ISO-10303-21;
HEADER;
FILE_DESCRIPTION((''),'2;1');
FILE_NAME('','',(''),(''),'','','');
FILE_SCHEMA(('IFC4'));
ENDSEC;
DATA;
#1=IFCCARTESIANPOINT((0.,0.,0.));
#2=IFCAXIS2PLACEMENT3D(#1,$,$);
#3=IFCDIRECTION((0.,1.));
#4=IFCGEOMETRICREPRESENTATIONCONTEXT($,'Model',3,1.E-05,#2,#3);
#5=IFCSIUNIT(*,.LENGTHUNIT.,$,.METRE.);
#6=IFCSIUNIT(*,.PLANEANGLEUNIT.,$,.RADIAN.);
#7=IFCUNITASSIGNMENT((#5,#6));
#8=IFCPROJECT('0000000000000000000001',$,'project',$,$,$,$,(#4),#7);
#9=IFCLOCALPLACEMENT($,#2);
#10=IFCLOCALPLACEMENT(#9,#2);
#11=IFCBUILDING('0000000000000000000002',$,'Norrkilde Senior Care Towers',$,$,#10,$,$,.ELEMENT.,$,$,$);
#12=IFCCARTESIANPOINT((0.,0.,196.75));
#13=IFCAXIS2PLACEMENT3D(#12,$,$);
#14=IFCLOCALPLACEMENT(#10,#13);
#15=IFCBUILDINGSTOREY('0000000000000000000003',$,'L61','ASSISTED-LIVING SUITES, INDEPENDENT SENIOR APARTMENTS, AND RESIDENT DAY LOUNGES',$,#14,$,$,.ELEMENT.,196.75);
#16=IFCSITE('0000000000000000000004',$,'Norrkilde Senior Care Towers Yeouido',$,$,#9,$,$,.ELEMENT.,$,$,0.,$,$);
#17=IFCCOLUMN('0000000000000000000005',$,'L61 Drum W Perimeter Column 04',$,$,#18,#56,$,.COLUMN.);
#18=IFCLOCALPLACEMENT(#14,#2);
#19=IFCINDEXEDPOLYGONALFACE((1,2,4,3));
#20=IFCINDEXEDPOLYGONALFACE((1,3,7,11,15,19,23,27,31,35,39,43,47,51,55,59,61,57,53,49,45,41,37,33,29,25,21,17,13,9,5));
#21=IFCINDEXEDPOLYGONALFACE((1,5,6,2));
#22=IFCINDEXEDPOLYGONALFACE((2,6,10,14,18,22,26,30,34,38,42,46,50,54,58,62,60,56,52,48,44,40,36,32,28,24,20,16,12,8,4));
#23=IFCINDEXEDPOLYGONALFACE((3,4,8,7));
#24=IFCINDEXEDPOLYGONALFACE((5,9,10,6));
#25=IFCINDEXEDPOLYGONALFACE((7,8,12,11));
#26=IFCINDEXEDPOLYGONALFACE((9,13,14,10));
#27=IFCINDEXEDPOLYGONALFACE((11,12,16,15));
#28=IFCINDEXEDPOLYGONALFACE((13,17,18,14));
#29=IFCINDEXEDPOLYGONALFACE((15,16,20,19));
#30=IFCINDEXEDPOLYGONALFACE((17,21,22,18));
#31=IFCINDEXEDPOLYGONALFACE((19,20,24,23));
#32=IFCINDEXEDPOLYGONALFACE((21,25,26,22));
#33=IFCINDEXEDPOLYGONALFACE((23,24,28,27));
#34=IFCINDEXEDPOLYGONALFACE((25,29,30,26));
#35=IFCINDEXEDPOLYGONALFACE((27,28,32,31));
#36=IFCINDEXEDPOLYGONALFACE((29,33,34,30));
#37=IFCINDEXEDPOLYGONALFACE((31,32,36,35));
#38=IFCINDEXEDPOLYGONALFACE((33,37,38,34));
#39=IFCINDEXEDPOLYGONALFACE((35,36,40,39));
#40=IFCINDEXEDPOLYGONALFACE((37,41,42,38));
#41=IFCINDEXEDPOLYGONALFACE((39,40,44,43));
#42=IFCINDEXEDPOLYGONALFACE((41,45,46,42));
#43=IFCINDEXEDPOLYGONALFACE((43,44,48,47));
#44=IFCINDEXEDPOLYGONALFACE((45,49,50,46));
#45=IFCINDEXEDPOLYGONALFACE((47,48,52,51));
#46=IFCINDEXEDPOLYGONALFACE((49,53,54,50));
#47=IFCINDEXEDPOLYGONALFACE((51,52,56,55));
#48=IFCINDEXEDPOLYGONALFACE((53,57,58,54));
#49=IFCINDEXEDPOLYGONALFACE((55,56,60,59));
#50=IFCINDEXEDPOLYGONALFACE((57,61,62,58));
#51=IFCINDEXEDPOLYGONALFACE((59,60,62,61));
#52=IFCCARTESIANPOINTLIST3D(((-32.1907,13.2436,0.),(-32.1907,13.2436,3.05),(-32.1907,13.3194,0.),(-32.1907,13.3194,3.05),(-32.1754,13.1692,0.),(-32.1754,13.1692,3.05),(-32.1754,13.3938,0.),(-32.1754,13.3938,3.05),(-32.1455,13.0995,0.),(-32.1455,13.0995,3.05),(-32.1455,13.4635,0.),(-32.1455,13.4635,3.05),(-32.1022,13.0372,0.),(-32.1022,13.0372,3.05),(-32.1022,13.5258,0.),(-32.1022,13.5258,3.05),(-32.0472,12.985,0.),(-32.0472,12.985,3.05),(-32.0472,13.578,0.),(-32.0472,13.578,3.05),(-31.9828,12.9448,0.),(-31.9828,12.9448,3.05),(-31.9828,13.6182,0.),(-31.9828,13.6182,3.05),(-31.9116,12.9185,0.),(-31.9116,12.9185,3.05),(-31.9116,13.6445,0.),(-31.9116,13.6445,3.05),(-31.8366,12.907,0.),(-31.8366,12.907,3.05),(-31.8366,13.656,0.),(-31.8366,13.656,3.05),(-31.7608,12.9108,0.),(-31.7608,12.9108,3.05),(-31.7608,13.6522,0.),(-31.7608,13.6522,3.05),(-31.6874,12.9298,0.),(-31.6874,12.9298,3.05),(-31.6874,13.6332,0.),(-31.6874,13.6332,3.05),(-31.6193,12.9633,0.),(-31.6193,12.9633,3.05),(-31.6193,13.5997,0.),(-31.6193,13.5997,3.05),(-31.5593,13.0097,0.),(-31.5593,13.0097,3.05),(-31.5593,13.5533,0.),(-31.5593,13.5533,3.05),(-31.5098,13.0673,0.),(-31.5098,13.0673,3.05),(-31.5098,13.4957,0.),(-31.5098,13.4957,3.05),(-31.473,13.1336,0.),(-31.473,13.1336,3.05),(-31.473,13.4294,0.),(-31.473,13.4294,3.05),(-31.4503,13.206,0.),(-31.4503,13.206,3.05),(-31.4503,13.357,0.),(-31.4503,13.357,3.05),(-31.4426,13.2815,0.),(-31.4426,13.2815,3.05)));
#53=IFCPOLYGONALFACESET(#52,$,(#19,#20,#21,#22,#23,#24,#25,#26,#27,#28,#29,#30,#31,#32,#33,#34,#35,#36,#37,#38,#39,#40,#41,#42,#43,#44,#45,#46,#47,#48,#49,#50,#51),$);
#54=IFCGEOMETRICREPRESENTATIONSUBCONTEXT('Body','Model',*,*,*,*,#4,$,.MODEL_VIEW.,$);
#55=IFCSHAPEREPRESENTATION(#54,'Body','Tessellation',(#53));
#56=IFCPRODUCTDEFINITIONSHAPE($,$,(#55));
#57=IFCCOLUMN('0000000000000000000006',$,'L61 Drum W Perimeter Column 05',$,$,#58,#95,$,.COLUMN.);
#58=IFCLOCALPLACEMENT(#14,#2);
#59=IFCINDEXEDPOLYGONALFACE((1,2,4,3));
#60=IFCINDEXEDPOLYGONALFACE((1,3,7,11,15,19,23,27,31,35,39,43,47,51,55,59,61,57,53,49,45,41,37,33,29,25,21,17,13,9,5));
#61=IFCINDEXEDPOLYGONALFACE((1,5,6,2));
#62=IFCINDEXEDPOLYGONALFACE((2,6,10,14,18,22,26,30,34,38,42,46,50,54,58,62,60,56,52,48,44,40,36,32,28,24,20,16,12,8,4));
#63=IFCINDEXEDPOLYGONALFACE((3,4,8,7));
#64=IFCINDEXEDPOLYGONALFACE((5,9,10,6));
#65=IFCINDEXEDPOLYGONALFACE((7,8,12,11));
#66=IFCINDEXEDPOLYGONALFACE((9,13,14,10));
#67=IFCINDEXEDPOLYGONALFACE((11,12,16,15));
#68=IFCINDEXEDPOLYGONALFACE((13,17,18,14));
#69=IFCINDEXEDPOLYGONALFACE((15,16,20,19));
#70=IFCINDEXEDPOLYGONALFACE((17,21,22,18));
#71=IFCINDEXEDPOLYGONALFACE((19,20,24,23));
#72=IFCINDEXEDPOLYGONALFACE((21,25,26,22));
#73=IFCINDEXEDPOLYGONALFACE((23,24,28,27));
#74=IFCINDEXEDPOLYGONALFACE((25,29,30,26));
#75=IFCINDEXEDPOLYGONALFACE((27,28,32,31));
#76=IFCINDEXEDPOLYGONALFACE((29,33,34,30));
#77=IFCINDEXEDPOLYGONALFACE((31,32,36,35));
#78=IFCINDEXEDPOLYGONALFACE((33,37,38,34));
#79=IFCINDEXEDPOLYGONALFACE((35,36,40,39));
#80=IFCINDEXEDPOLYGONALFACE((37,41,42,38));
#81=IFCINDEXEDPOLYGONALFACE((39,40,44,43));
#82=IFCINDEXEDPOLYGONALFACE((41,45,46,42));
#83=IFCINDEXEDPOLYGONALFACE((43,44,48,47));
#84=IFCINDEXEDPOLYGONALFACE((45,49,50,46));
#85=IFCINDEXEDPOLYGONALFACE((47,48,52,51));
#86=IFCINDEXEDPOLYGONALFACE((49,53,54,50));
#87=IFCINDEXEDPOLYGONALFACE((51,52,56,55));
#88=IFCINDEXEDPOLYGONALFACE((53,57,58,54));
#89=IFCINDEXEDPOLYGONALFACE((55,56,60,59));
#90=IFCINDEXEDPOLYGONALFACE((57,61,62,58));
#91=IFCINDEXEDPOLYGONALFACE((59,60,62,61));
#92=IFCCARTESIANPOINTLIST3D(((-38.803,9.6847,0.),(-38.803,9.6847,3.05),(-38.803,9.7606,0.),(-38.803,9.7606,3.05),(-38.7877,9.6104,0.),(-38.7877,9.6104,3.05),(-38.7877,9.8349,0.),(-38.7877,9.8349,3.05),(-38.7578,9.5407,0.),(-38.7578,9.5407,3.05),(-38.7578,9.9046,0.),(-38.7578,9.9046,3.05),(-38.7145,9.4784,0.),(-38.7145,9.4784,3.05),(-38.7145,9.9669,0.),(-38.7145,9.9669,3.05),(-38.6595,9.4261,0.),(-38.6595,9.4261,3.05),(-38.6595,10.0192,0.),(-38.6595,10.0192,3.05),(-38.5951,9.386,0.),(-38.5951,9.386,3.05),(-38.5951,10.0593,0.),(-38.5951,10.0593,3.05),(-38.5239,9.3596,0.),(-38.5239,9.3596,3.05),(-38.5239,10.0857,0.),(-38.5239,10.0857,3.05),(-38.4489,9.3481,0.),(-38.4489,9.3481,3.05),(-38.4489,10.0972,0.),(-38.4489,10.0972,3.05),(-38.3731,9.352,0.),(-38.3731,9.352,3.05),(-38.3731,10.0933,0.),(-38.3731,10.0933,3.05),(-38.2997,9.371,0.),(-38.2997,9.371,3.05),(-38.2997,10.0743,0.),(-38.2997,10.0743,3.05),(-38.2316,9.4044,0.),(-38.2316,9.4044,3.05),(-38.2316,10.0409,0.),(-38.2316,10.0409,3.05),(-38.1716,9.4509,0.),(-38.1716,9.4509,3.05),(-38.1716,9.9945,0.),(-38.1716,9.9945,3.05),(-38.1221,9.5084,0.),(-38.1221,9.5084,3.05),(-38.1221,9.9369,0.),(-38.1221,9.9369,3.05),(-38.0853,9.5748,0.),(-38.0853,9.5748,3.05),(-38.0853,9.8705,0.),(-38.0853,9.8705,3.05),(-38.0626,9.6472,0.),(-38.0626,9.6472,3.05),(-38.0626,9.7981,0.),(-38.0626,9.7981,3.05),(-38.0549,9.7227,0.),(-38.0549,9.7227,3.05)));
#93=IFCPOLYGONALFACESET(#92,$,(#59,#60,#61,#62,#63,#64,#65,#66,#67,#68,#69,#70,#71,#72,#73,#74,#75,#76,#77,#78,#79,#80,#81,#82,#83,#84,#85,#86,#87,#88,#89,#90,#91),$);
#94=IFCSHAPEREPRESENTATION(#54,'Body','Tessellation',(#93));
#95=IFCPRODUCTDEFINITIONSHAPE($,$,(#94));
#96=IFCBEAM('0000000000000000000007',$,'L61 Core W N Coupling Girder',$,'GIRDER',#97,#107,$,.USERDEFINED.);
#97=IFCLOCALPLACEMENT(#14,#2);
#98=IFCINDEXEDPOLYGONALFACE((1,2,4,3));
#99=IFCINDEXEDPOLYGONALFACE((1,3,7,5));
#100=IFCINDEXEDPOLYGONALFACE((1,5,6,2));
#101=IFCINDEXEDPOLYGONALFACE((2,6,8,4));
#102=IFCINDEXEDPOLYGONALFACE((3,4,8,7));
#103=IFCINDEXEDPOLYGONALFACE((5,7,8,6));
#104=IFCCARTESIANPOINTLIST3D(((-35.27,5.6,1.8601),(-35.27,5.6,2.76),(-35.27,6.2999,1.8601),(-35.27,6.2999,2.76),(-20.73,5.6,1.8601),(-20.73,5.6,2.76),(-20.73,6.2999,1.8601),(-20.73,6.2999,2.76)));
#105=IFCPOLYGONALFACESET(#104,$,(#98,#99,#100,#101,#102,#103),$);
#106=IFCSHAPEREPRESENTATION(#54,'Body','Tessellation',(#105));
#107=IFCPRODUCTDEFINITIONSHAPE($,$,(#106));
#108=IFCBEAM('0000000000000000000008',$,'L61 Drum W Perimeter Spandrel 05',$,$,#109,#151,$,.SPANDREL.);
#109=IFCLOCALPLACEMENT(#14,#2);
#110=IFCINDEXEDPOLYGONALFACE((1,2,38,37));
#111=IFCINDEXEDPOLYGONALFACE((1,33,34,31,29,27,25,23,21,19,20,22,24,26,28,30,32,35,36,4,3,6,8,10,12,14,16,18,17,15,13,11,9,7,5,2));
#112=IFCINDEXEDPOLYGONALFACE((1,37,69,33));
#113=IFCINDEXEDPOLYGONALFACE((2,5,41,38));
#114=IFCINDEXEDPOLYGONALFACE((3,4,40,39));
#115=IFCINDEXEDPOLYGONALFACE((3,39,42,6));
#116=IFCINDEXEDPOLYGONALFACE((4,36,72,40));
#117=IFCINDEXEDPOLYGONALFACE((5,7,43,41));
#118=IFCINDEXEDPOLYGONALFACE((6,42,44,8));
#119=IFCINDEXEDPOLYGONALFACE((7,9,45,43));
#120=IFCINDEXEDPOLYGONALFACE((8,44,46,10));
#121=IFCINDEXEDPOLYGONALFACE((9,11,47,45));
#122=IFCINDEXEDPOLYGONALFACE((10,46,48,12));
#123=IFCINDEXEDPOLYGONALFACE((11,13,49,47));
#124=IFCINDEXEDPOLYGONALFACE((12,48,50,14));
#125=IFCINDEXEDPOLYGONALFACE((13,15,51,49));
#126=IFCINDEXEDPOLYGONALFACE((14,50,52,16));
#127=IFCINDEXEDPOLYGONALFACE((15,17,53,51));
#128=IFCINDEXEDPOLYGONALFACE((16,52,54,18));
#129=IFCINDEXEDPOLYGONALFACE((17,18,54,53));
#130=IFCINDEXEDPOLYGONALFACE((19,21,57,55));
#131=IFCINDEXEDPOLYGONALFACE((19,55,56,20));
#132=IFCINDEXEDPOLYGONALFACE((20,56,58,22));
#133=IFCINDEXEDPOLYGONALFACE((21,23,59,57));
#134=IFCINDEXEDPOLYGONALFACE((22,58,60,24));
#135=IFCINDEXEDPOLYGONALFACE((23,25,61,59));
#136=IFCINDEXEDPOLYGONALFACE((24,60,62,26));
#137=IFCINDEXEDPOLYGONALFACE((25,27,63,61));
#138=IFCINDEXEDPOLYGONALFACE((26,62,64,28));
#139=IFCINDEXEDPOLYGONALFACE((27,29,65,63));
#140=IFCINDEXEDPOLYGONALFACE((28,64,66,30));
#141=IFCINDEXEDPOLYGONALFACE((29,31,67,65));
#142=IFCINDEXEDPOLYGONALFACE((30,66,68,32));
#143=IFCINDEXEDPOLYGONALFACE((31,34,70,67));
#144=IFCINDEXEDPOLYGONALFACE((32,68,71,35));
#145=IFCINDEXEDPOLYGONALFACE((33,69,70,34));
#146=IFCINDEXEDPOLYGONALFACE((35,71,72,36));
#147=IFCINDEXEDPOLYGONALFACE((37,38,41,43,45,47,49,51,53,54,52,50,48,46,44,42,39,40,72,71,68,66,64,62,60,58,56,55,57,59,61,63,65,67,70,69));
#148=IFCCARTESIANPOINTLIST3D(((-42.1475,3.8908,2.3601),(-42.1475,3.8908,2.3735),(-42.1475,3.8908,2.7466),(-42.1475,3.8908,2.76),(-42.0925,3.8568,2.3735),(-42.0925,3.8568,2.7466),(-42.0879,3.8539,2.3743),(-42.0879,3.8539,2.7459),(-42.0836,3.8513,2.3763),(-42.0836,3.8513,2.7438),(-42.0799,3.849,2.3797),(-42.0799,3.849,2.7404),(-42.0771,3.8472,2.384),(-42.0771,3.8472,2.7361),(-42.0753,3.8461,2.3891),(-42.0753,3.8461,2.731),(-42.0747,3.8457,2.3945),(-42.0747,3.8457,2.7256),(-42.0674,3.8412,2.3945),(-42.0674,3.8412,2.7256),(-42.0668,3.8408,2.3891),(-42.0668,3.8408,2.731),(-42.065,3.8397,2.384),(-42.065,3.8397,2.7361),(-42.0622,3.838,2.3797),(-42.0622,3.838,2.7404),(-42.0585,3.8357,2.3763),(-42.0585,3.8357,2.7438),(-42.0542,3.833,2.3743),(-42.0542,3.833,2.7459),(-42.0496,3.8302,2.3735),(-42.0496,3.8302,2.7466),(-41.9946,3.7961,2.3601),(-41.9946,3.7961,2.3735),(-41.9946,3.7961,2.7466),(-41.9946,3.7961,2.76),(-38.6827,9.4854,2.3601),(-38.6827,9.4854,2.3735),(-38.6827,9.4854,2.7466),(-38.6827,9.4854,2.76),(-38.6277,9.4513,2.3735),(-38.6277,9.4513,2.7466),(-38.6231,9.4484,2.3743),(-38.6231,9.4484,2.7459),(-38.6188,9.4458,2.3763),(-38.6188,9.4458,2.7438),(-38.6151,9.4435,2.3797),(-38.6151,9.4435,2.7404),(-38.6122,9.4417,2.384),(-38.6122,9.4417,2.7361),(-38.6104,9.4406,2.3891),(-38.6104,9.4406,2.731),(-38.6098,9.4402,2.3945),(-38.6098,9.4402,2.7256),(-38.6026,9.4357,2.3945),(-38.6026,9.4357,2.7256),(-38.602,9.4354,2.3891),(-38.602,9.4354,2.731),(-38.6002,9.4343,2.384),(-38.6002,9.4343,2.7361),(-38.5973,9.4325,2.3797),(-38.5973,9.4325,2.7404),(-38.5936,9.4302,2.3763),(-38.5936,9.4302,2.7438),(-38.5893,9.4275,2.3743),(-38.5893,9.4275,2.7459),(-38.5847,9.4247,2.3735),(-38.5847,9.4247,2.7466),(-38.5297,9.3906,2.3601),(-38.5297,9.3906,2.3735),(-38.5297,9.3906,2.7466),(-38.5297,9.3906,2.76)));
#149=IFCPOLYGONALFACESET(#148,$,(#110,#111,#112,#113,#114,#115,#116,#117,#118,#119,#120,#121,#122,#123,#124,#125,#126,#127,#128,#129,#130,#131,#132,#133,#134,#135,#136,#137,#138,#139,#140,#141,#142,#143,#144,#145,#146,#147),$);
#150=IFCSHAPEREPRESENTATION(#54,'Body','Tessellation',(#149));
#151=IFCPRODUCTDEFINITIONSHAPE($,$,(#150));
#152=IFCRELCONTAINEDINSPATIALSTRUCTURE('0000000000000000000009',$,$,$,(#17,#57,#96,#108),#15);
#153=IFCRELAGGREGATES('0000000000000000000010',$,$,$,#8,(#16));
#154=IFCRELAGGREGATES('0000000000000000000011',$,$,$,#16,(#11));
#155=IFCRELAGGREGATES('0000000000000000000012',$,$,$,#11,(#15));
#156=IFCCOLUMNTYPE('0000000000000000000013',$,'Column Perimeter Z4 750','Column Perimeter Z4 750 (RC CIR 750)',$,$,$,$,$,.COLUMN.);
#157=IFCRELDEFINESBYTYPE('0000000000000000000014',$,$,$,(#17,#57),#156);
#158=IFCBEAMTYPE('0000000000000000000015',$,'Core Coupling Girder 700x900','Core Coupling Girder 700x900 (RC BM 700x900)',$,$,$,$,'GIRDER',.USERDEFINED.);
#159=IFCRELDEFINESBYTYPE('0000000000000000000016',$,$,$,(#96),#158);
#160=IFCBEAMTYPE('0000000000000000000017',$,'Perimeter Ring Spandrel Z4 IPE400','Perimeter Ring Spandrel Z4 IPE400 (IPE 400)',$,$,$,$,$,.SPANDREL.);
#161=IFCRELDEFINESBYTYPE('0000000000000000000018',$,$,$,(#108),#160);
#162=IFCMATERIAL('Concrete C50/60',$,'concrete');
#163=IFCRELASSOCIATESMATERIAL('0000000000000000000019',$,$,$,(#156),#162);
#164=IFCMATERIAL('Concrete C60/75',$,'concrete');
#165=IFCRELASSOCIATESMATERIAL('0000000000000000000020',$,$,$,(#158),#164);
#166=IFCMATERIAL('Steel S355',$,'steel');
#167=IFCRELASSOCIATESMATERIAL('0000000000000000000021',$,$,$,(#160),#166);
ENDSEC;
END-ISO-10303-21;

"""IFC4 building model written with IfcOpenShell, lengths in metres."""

from ifc_helpers import new_model, si_unit, direction, frame, origin, origin_2d, place, context, subcontext, project, spatial, rectangle, circle, i_section, extrude, source, transform, mapped, material, material_profile, profile_set, type_object, type_shapes, element, save


model = new_model("IFC4")

# Units and contexts
model_context = context("Model", 3, precision=1e-05, world=origin(), true_north=direction((0.0, 1.0)))
body_context = subcontext(model_context, "Body", "Model", "MODEL_VIEW")
ifc_project = project(units=[si_unit("LENGTHUNIT", "METRE"), si_unit("PLANEANGLEUNIT", "RADIAN")], contexts=[model_context])

# Site, building, storey
site_placement = place(None, origin())
site = spatial("IfcSite", under=ifc_project, at=site_placement, Name="Norrkilde Senior Care Towers Yeouido", CompositionType="ELEMENT", RefElevation=0.0)
building_placement = place(site_placement, origin())
building = spatial("IfcBuilding", under=site, at=building_placement, Name="Norrkilde Senior Care Towers", CompositionType="ELEMENT")
storey_placement = place(building_placement, frame((0.0, 0.0, 196.75)))
storey = spatial("IfcBuildingStorey", under=building, at=storey_placement, Name="L61", Description="ASSISTED-LIVING SUITES, INDEPENDENT SENIOR APARTMENTS, AND RESIDENT DAY LOUNGES", CompositionType="ELEMENT", Elevation=196.75)

# Columns
ifc_material_1 = material(Name="Concrete C50/60", Category="concrete")
ifc_material_profile_1 = material_profile(ifc_material_1, circle(Radius=0.375, at=origin_2d()), Name="RC CIR 750")
ifc_profile_set_1 = profile_set([ifc_material_profile_1], Name="Concrete C50/60")
column_type = type_object("IfcColumnType", Name="Column Perimeter Z4 750", Description="Column Perimeter Z4 750 (RC CIR 750)", PredefinedType="COLUMN", material=ifc_profile_set_1)
shared_shape_1 = source(origin(), body_context, "Body", "SweptSolid", [
    extrude(circle(Radius=0.375, at=origin_2d()), origin(), (0.0, 0.0, 1.0), 3.05),
])
type_shapes(column_type, [shared_shape_1])
for number, where, z_axis, x_axis, name in (
    (1, (-31.8176, 13.2815, 0.0), (0.0, 0.0, 1.0), (1.0, 0.0, 0.0), "L61 Drum W Perimeter Column 04"),
    (2, (-38.4299, 9.7227, 0.0), (0.0, 0.0, 1.0), (1.0, 0.0, 0.0), "L61 Drum W Perimeter Column 05"),
):
    element("IfcColumn", number, at=place(storey_placement, frame(where, z_axis=z_axis, x_axis=x_axis)), inside=storey, type_object=column_type, Name=name, PredefinedType="COLUMN", context=body_context, shape_type="MappedRepresentation", body=[
        mapped(shared_shape_1, transform((0.0, 0.0, 0.0), x_axis=(1.0, 0.0, 0.0), y_axis=(0.0, 1.0, 0.0), z_axis=(0.0, 0.0, 1.0), scale=1.0)),
    ])

# Beams
ifc_material_2 = material(Name="Concrete C60/75", Category="concrete")
ifc_material_profile_2 = material_profile(ifc_material_2, rectangle(XDim=0.7, YDim=0.8999, at=origin_2d()), Name="RC BM 700x900")
ifc_profile_set_2 = profile_set([ifc_material_profile_2], Name="Concrete C60/75")
beam_type_1 = type_object("IfcBeamType", Name="Core Coupling Girder 700x900", Description="Core Coupling Girder 700x900 (RC BM 700x900)", ElementType="GIRDER", PredefinedType="USERDEFINED", material=ifc_profile_set_2)
shared_shape_2 = source(origin(), body_context, "Body", "SweptSolid", [
    extrude(rectangle(XDim=0.7, YDim=0.8999, at=origin_2d()), origin(), (0.0, 0.0, 1.0), 14.54),
])
type_shapes(beam_type_1, [shared_shape_2])
beam_1_placement = place(storey_placement, frame((-35.27, 5.95, 2.3101), z_axis=(1.0, 0.0, 0.0), x_axis=(0.0, 1.0, 0.0)))
element("IfcBeam", 3, at=beam_1_placement, inside=storey, type_object=beam_type_1, Name="L61 Core W N Coupling Girder", ObjectType="GIRDER", PredefinedType="USERDEFINED", context=body_context, shape_type="MappedRepresentation", body=[
    mapped(shared_shape_2, transform((0.0, 0.0, 0.0), x_axis=(1.0, 0.0, 0.0), y_axis=(0.0, 1.0, 0.0), z_axis=(0.0, 0.0, 1.0), scale=1.0)),
])
ifc_material_3 = material(Name="Steel S355", Category="steel")
ifc_material_profile_3 = material_profile(ifc_material_3, i_section(OverallWidth=0.1799, OverallDepth=0.3999, WebThickness=0.0085, FlangeThickness=0.0134, FilletRadius=0.021, at=origin_2d()), Name="IPE 400")
ifc_profile_set_3 = profile_set([ifc_material_profile_3], Name="Steel S355")
beam_type_2 = type_object("IfcBeamType", Name="Perimeter Ring Spandrel Z4 IPE400", Description="Perimeter Ring Spandrel Z4 IPE400 (IPE 400)", PredefinedType="SPANDREL", material=ifc_profile_set_3)
shared_shape_3 = source(origin(), body_context, "Body", "SweptSolid", [
    extrude(i_section(OverallWidth=0.1799, OverallDepth=0.3999, WebThickness=0.0085, FlangeThickness=0.0134, FilletRadius=0.021, at=origin_2d()), origin(), (0.0, 0.0, 1.0), 6.5806),
])
beam_2_placement = place(storey_placement, frame((-38.6062, 9.438, 2.5601), z_axis=(-0.52653, -0.850157, 0.0), x_axis=(0.850157, -0.52653, 0.0)))
element("IfcBeam", 4, at=beam_2_placement, inside=storey, type_object=beam_type_2, Name="L61 Drum W Perimeter Spandrel 05", PredefinedType="SPANDREL", context=body_context, shape_type="MappedRepresentation", body=[
    mapped(shared_shape_3, transform((0.0, 0.0, 0.0), x_axis=(1.0, 0.0, 0.0), y_axis=(0.0, 1.0, 0.0), z_axis=(0.0, 0.0, 1.0), scale=1.0)),
])

save(model, "model.ifc")
